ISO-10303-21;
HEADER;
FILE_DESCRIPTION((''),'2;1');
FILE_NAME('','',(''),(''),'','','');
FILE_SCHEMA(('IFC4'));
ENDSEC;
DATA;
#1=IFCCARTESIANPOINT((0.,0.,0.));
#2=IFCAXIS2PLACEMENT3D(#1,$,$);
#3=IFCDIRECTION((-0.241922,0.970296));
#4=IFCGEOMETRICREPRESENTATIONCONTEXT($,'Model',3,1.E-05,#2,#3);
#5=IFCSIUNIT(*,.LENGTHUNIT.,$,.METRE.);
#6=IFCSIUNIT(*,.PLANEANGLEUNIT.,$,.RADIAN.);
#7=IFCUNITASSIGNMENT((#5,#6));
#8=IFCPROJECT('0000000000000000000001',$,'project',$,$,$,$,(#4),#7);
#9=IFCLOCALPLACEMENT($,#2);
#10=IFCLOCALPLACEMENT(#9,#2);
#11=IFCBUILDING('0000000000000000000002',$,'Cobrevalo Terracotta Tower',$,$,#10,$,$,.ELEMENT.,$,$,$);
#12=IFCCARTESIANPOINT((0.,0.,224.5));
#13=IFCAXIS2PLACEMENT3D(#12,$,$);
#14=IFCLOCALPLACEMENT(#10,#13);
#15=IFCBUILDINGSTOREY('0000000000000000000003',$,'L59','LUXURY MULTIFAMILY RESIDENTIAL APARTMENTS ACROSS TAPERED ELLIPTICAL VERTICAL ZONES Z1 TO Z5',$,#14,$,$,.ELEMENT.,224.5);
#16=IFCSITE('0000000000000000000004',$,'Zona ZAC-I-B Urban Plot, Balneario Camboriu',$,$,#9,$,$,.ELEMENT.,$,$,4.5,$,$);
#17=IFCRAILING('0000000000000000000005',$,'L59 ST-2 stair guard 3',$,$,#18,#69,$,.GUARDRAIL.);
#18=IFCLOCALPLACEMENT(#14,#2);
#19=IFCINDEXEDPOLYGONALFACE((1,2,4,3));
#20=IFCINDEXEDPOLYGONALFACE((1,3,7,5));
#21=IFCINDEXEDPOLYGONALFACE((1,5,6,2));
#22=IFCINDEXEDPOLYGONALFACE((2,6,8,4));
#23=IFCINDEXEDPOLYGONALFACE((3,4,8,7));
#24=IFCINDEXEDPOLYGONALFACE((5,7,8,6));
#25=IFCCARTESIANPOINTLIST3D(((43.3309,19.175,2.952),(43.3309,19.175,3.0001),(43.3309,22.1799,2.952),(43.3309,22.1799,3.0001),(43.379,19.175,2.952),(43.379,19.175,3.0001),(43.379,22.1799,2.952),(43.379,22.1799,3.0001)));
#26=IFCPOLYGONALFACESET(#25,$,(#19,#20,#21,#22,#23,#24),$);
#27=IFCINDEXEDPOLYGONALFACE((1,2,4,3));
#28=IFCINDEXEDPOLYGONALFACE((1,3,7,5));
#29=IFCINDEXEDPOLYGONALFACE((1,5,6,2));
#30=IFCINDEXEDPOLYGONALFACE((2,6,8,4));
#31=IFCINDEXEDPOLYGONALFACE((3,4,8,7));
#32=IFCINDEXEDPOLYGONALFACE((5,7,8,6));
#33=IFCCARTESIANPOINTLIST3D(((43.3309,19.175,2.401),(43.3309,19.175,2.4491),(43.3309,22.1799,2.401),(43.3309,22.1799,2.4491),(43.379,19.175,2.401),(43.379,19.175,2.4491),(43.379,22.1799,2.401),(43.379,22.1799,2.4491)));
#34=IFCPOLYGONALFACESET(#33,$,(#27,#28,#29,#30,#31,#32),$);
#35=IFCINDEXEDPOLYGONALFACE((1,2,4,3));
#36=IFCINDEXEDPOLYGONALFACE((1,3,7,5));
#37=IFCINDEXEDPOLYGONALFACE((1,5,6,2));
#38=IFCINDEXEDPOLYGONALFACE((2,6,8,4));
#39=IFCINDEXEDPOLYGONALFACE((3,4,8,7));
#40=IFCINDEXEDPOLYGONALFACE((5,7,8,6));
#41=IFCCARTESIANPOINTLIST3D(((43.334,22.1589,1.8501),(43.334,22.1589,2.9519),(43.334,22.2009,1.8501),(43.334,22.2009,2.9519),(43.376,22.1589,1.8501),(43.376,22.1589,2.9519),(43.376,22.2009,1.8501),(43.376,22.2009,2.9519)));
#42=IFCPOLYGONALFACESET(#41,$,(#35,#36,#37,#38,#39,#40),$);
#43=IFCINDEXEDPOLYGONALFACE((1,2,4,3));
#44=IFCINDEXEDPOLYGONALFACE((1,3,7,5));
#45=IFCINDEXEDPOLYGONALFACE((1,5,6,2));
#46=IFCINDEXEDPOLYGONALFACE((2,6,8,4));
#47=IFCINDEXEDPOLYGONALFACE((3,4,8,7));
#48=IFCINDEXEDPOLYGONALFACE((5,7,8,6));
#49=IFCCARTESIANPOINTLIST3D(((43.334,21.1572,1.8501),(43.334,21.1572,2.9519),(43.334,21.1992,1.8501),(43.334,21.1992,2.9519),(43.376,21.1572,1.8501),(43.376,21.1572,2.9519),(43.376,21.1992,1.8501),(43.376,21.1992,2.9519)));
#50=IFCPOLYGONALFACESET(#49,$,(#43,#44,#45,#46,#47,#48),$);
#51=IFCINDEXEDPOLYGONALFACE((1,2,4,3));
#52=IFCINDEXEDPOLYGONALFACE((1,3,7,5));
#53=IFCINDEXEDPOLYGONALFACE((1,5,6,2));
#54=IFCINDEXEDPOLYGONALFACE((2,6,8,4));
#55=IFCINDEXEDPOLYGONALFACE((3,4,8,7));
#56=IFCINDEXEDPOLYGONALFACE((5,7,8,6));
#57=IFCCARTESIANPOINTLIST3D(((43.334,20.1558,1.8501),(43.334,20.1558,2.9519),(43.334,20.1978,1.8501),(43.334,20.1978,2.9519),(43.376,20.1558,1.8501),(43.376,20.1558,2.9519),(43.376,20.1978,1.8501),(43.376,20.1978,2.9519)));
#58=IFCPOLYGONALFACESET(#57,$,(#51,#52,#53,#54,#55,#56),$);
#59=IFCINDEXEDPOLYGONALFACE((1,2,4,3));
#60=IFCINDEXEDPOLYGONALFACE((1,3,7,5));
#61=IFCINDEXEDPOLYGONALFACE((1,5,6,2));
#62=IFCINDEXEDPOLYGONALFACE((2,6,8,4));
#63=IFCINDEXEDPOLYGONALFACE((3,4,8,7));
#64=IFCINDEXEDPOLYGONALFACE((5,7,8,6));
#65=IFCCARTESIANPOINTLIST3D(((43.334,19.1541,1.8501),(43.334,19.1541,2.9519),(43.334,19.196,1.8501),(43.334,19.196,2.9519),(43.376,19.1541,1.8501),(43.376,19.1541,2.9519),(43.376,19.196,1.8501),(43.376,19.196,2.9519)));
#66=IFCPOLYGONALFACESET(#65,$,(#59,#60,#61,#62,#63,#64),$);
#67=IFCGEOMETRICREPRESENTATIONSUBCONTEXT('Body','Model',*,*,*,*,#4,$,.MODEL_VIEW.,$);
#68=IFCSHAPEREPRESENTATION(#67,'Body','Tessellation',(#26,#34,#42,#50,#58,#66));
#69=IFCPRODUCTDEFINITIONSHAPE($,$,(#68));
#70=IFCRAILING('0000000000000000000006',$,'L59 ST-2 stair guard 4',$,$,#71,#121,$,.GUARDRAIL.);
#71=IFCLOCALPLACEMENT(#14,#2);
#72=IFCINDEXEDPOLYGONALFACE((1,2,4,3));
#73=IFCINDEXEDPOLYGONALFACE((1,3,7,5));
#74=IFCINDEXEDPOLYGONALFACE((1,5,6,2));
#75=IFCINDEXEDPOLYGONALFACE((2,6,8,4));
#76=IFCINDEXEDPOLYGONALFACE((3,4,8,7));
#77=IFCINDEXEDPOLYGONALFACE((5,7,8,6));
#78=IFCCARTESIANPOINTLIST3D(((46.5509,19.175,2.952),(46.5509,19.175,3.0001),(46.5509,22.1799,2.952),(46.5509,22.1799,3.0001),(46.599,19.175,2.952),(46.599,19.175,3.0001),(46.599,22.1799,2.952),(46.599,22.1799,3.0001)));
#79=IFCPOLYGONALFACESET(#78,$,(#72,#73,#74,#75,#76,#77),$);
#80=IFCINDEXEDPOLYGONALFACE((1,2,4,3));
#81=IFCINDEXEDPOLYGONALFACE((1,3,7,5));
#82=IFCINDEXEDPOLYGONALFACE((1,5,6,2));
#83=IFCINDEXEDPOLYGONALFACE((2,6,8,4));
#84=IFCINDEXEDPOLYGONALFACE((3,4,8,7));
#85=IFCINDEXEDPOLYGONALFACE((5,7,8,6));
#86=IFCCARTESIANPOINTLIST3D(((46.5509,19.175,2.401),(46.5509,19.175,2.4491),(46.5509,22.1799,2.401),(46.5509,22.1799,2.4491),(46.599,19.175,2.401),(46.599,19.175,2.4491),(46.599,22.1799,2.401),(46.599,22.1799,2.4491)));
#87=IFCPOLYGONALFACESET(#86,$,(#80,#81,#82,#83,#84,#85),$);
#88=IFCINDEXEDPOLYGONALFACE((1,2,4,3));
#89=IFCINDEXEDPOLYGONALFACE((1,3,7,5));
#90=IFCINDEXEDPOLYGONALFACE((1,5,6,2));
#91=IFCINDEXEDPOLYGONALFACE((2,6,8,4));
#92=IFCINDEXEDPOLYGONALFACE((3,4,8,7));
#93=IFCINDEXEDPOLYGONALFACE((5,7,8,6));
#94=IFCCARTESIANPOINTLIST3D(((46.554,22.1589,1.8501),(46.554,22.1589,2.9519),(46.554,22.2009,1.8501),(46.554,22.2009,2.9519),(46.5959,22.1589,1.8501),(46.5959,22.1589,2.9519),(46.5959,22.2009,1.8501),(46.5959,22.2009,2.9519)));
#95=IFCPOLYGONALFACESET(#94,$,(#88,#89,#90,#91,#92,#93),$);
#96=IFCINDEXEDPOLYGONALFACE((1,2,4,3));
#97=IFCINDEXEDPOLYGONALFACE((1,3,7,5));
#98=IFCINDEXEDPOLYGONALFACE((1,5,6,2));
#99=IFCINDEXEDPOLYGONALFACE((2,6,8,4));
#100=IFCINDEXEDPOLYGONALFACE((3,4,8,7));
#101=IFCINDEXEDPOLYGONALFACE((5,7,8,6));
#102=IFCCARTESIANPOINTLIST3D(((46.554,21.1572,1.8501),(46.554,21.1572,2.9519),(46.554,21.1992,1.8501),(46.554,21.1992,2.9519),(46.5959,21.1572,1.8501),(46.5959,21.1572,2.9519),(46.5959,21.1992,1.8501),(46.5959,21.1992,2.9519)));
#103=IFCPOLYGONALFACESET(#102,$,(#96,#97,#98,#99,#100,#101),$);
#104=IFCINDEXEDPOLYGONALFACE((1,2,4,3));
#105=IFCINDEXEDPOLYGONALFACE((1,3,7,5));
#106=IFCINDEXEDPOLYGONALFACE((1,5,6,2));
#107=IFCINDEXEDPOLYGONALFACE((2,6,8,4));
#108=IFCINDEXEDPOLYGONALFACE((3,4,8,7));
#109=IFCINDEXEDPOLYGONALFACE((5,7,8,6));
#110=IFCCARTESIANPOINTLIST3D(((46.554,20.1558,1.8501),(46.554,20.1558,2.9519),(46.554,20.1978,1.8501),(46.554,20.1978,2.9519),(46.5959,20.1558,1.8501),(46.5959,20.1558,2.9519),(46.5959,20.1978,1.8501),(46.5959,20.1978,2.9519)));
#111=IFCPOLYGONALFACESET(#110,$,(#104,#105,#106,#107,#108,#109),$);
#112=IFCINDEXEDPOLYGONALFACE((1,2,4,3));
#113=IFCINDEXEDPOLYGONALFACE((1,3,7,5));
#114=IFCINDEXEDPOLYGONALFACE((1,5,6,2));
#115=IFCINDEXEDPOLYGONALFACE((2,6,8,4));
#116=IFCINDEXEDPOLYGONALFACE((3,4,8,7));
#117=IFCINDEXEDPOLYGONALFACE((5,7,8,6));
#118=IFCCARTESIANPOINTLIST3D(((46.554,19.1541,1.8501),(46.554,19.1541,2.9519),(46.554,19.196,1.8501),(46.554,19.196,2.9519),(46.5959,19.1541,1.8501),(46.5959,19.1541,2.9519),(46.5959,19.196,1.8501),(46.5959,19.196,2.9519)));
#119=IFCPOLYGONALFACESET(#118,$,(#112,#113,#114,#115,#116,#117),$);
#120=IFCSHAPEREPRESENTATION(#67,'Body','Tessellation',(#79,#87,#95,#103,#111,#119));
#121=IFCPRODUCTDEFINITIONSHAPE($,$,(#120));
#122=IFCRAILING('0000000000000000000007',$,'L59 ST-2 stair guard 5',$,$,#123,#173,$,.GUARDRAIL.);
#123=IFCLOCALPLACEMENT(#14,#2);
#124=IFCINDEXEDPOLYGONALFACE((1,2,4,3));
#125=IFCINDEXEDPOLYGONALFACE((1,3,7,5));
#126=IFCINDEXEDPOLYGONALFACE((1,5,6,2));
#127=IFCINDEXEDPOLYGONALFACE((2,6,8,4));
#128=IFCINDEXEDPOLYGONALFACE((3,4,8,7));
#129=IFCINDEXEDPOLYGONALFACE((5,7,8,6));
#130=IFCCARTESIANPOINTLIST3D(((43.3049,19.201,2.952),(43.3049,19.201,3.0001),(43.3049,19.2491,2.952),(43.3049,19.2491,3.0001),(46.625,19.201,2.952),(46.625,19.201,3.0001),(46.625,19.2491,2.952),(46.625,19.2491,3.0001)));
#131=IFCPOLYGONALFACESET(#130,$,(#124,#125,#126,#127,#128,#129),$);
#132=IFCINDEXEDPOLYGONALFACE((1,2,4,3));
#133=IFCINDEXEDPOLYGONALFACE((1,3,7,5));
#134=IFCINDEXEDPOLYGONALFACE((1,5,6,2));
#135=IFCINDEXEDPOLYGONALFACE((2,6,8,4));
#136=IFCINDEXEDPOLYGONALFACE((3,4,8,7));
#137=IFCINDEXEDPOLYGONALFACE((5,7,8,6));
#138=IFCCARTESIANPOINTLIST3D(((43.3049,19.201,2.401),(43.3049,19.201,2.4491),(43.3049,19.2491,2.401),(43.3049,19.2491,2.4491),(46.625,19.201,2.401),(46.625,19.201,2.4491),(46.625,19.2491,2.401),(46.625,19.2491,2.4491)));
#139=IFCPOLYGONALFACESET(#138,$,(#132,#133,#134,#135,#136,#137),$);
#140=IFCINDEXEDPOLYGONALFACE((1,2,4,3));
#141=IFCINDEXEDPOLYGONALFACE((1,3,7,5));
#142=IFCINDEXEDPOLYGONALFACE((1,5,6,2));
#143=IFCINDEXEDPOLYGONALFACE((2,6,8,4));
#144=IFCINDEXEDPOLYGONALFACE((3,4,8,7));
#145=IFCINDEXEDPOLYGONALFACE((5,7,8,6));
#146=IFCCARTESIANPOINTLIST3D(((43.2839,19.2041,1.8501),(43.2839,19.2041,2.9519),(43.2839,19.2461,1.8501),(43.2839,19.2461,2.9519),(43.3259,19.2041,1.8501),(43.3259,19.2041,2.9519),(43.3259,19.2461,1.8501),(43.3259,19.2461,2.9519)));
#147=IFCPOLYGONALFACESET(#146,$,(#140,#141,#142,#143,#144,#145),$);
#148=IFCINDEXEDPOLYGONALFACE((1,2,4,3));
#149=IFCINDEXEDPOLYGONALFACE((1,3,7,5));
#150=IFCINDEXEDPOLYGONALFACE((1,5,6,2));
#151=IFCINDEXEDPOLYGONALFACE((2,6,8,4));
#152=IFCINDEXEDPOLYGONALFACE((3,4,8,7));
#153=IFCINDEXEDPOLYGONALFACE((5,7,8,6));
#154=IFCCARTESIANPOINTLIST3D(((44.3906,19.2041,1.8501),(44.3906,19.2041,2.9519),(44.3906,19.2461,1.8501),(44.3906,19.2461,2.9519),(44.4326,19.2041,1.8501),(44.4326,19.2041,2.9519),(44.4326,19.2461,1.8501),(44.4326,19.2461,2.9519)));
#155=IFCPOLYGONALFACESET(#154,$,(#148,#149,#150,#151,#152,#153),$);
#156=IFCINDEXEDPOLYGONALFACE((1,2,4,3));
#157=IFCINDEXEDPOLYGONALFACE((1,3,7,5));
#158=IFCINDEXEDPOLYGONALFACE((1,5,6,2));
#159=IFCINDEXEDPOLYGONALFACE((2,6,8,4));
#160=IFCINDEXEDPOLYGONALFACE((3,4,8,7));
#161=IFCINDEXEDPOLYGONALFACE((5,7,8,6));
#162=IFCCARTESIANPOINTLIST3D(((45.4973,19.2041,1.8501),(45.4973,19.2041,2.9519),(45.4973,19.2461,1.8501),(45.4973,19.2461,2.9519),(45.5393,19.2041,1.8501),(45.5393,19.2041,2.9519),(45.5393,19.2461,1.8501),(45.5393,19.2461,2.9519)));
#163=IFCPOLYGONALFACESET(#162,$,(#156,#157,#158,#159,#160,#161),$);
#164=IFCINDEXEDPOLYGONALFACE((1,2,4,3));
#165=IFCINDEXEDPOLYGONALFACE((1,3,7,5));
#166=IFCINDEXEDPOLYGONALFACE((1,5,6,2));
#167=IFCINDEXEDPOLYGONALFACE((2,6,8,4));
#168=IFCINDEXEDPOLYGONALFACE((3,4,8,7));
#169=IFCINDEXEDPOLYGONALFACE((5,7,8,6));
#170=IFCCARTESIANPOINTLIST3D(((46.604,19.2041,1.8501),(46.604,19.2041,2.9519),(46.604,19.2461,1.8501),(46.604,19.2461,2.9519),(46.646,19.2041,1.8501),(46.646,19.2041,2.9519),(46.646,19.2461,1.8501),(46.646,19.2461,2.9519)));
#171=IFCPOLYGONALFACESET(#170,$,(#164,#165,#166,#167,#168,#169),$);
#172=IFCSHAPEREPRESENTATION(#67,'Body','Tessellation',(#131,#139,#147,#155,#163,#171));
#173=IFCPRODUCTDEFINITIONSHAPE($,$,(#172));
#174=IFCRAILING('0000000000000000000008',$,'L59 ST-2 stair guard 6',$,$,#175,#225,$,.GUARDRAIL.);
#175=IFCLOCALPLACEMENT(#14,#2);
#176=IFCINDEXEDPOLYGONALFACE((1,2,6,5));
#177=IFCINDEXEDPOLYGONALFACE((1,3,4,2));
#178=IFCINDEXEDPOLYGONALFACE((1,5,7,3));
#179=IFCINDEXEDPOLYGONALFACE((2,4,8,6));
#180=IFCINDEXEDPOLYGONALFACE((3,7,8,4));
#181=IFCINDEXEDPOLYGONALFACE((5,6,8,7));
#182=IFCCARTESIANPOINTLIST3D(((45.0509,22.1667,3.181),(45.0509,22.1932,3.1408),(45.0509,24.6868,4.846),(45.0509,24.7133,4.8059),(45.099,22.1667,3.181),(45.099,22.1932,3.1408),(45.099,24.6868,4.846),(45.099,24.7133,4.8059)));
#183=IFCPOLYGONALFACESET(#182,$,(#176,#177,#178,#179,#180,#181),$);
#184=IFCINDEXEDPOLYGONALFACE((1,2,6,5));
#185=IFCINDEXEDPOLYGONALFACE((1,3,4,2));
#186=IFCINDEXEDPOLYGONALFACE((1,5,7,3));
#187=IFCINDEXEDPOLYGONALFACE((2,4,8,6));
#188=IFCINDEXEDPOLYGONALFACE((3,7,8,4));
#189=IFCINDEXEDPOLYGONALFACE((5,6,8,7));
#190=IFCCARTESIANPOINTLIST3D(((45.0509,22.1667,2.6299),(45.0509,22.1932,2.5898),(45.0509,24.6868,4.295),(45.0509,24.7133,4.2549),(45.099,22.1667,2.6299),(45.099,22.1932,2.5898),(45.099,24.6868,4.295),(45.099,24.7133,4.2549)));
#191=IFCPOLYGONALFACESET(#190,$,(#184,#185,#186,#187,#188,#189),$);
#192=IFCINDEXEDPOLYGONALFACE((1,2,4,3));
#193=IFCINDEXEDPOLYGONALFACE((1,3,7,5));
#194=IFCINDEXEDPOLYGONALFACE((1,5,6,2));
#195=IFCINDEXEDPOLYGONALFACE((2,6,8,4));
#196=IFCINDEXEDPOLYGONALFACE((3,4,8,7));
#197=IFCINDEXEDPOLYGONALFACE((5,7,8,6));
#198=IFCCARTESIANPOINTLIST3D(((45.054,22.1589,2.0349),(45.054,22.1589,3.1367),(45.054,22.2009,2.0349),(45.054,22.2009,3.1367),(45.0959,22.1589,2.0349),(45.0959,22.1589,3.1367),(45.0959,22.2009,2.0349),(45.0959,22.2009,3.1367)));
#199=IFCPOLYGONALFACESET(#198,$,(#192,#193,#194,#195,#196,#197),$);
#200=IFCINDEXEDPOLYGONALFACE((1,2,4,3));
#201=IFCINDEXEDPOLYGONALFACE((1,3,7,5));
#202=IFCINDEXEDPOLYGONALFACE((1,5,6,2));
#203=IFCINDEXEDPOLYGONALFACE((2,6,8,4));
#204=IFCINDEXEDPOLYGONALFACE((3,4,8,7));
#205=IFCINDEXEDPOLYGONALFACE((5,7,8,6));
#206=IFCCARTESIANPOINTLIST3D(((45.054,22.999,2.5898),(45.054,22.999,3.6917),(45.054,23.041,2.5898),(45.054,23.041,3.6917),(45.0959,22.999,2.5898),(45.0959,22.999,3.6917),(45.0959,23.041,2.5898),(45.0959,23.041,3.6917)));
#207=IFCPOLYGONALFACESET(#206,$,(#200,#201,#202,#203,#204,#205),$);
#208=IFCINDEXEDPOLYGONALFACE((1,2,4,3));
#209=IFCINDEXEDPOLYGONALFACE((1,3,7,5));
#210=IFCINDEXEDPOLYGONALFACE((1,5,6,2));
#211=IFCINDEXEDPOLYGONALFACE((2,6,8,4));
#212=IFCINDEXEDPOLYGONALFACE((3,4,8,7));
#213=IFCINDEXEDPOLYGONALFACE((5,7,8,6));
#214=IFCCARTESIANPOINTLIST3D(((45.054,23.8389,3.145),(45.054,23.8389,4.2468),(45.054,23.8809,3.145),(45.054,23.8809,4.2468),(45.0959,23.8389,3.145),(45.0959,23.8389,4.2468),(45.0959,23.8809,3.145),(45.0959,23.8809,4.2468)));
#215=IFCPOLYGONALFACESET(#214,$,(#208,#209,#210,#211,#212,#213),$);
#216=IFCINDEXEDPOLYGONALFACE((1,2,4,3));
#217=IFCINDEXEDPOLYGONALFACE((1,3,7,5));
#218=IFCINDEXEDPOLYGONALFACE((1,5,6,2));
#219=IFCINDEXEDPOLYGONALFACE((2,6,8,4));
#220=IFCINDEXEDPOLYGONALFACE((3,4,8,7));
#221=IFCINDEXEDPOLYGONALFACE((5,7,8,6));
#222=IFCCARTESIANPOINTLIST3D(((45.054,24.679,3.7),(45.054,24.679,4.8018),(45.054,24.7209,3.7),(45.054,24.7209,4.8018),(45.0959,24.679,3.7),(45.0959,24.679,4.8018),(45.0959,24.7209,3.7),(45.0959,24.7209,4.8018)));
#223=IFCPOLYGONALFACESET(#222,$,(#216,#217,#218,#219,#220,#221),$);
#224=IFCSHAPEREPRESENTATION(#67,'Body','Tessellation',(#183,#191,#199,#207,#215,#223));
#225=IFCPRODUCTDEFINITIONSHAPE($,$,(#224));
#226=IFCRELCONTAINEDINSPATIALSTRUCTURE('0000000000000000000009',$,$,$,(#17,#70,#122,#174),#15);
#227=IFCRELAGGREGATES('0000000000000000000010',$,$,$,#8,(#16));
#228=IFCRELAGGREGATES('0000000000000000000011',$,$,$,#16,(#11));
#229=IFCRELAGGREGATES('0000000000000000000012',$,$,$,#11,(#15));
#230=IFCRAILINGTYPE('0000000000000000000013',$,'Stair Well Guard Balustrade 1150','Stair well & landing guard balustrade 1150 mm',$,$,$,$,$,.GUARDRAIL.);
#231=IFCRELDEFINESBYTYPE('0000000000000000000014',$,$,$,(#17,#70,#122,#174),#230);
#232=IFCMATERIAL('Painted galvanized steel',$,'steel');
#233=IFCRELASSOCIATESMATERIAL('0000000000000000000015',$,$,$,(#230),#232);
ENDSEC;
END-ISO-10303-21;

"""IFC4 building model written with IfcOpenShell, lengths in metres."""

from ifc_helpers import new_model, si_unit, direction, frame, origin, origin_2d, place, context, subcontext, project, spatial, rectangle, extrude, material, type_object, element, save


model = new_model("IFC4")

# Units and contexts
model_context = context("Model", 3, precision=1e-05, world=origin(), true_north=direction((-0.241922, 0.970296)))
body_context = subcontext(model_context, "Body", "Model", "MODEL_VIEW")
ifc_project = project(units=[si_unit("LENGTHUNIT", "METRE"), si_unit("PLANEANGLEUNIT", "RADIAN")], contexts=[model_context])

# Site, building, storey
site_placement = place(None, origin())
site = spatial("IfcSite", under=ifc_project, at=site_placement, Name="Zona ZAC-I-B Urban Plot, Balneario Camboriu", CompositionType="ELEMENT", RefElevation=4.5)
building_placement = place(site_placement, origin())
building = spatial("IfcBuilding", under=site, at=building_placement, Name="Cobrevalo Terracotta Tower", CompositionType="ELEMENT")
storey_placement = place(building_placement, frame((0.0, 0.0, 224.5)))
storey = spatial("IfcBuildingStorey", under=building, at=storey_placement, Name="L59", Description="LUXURY MULTIFAMILY RESIDENTIAL APARTMENTS ACROSS TAPERED ELLIPTICAL VERTICAL ZONES Z1 TO Z5", CompositionType="ELEMENT", Elevation=224.5)

# Railings
ifc_material_1 = material(Name="Painted galvanized steel", Category="steel")
railing_type_1 = type_object("IfcRailingType", Name="Stair Well Guard Balustrade 1150", Description="Stair well & landing guard balustrade 1150 mm", PredefinedType="GUARDRAIL", material=ifc_material_1)
for number, where, name in (
    (1, (43.355, 22.1799, 1.8501), "L59 ST-2 stair guard 3"),
    (2, (46.575, 22.1799, 1.8501), "L59 ST-2 stair guard 4"),
):
    element("IfcRailing", number, at=place(storey_placement, frame(where)), inside=storey, type_object=railing_type_1, Name=name, PredefinedType="GUARDRAIL", context=body_context, shape_type="SweptSolid", body=[
        extrude(rectangle(XDim=0.0481, YDim=0.0481, at=origin_2d()), frame((0.0, 0.0, 1.126), z_axis=(0.0, -1.0, 0.0), x_axis=(1.0, 0.0, 0.0)), (0.0, 0.0, 1.0), 3.0049),
        extrude(rectangle(XDim=0.0481, YDim=0.0481, at=origin_2d()), frame((0.0, 0.0, 0.575), z_axis=(0.0, -1.0, 0.0), x_axis=(1.0, 0.0, 0.0)), (0.0, 0.0, 1.0), 3.0049),
        extrude(rectangle(XDim=0.042, YDim=0.042, at=origin_2d()), origin(), (0.0, 0.0, 1.0), 1.1018),
        extrude(rectangle(XDim=0.042, YDim=0.042, at=origin_2d()), frame((0.0, -1.0017, 0.0)), (0.0, 0.0, 1.0), 1.1018),
        extrude(rectangle(XDim=0.042, YDim=0.042, at=origin_2d()), frame((0.0, -2.0032, 0.0)), (0.0, 0.0, 1.0), 1.1018),
        extrude(rectangle(XDim=0.042, YDim=0.042, at=origin_2d()), frame((0.0, -3.0049, 0.0)), (0.0, 0.0, 1.0), 1.1018),
    ])
railing_1_placement = place(storey_placement, frame((43.3049, 19.2251, 1.8501)))
element("IfcRailing", 3, at=railing_1_placement, inside=storey, type_object=railing_type_1, Name="L59 ST-2 stair guard 5", PredefinedType="GUARDRAIL", context=body_context, shape_type="SweptSolid", body=[
    extrude(rectangle(XDim=0.0481, YDim=0.0481, at=origin_2d()), frame((0.0, 0.0, 1.126), z_axis=(1.0, 0.0, 0.0), x_axis=(0.0, 1.0, 0.0)), (0.0, 0.0, 1.0), 3.3201),
    extrude(rectangle(XDim=0.0481, YDim=0.0481, at=origin_2d()), frame((0.0, 0.0, 0.575), z_axis=(1.0, 0.0, 0.0), x_axis=(0.0, 1.0, 0.0)), (0.0, 0.0, 1.0), 3.3201),
    extrude(rectangle(XDim=0.042, YDim=0.042, at=origin_2d()), origin(), (0.0, 0.0, 1.0), 1.1018),
    extrude(rectangle(XDim=0.042, YDim=0.042, at=origin_2d()), frame((1.1067, 0.0, 0.0)), (0.0, 0.0, 1.0), 1.1018),
    extrude(rectangle(XDim=0.042, YDim=0.042, at=origin_2d()), frame((2.2134, 0.0, 0.0)), (0.0, 0.0, 1.0), 1.1018),
    extrude(rectangle(XDim=0.042, YDim=0.042, at=origin_2d()), frame((3.3201, 0.0, 0.0)), (0.0, 0.0, 1.0), 1.1018),
])
railing_2_placement = place(storey_placement, frame((45.075, 22.1799, 2.0349)))
element("IfcRailing", 4, at=railing_2_placement, inside=storey, type_object=railing_type_1, Name="L59 ST-2 stair guard 6", PredefinedType="GUARDRAIL", context=body_context, shape_type="SweptSolid", body=[
    extrude(rectangle(XDim=0.0481, YDim=0.0481, at=origin_2d()), frame((0.0, 0.0, 1.126), z_axis=(0.0, 0.834331, 0.551263), x_axis=(-1.0, 0.0, 0.0)), (0.0, 0.0, 1.0), 3.0205),
    extrude(rectangle(XDim=0.0481, YDim=0.0481, at=origin_2d()), frame((0.0, 0.0, 0.575), z_axis=(0.0, 0.834331, 0.551263), x_axis=(-1.0, 0.0, 0.0)), (0.0, 0.0, 1.0), 3.0205),
    extrude(rectangle(XDim=0.042, YDim=0.042, at=origin_2d()), origin(), (0.0, 0.0, 1.0), 1.1018),
    extrude(rectangle(XDim=0.042, YDim=0.042, at=origin_2d()), frame((0.0, 0.8401, 0.5549)), (0.0, 0.0, 1.0), 1.1018),
    extrude(rectangle(XDim=0.042, YDim=0.042, at=origin_2d()), frame((0.0, 1.6799, 1.1101)), (0.0, 0.0, 1.0), 1.1018),
    extrude(rectangle(XDim=0.042, YDim=0.042, at=origin_2d()), frame((0.0, 2.52, 1.665)), (0.0, 0.0, 1.0), 1.1018),
])

save(model, "model.ifc")
